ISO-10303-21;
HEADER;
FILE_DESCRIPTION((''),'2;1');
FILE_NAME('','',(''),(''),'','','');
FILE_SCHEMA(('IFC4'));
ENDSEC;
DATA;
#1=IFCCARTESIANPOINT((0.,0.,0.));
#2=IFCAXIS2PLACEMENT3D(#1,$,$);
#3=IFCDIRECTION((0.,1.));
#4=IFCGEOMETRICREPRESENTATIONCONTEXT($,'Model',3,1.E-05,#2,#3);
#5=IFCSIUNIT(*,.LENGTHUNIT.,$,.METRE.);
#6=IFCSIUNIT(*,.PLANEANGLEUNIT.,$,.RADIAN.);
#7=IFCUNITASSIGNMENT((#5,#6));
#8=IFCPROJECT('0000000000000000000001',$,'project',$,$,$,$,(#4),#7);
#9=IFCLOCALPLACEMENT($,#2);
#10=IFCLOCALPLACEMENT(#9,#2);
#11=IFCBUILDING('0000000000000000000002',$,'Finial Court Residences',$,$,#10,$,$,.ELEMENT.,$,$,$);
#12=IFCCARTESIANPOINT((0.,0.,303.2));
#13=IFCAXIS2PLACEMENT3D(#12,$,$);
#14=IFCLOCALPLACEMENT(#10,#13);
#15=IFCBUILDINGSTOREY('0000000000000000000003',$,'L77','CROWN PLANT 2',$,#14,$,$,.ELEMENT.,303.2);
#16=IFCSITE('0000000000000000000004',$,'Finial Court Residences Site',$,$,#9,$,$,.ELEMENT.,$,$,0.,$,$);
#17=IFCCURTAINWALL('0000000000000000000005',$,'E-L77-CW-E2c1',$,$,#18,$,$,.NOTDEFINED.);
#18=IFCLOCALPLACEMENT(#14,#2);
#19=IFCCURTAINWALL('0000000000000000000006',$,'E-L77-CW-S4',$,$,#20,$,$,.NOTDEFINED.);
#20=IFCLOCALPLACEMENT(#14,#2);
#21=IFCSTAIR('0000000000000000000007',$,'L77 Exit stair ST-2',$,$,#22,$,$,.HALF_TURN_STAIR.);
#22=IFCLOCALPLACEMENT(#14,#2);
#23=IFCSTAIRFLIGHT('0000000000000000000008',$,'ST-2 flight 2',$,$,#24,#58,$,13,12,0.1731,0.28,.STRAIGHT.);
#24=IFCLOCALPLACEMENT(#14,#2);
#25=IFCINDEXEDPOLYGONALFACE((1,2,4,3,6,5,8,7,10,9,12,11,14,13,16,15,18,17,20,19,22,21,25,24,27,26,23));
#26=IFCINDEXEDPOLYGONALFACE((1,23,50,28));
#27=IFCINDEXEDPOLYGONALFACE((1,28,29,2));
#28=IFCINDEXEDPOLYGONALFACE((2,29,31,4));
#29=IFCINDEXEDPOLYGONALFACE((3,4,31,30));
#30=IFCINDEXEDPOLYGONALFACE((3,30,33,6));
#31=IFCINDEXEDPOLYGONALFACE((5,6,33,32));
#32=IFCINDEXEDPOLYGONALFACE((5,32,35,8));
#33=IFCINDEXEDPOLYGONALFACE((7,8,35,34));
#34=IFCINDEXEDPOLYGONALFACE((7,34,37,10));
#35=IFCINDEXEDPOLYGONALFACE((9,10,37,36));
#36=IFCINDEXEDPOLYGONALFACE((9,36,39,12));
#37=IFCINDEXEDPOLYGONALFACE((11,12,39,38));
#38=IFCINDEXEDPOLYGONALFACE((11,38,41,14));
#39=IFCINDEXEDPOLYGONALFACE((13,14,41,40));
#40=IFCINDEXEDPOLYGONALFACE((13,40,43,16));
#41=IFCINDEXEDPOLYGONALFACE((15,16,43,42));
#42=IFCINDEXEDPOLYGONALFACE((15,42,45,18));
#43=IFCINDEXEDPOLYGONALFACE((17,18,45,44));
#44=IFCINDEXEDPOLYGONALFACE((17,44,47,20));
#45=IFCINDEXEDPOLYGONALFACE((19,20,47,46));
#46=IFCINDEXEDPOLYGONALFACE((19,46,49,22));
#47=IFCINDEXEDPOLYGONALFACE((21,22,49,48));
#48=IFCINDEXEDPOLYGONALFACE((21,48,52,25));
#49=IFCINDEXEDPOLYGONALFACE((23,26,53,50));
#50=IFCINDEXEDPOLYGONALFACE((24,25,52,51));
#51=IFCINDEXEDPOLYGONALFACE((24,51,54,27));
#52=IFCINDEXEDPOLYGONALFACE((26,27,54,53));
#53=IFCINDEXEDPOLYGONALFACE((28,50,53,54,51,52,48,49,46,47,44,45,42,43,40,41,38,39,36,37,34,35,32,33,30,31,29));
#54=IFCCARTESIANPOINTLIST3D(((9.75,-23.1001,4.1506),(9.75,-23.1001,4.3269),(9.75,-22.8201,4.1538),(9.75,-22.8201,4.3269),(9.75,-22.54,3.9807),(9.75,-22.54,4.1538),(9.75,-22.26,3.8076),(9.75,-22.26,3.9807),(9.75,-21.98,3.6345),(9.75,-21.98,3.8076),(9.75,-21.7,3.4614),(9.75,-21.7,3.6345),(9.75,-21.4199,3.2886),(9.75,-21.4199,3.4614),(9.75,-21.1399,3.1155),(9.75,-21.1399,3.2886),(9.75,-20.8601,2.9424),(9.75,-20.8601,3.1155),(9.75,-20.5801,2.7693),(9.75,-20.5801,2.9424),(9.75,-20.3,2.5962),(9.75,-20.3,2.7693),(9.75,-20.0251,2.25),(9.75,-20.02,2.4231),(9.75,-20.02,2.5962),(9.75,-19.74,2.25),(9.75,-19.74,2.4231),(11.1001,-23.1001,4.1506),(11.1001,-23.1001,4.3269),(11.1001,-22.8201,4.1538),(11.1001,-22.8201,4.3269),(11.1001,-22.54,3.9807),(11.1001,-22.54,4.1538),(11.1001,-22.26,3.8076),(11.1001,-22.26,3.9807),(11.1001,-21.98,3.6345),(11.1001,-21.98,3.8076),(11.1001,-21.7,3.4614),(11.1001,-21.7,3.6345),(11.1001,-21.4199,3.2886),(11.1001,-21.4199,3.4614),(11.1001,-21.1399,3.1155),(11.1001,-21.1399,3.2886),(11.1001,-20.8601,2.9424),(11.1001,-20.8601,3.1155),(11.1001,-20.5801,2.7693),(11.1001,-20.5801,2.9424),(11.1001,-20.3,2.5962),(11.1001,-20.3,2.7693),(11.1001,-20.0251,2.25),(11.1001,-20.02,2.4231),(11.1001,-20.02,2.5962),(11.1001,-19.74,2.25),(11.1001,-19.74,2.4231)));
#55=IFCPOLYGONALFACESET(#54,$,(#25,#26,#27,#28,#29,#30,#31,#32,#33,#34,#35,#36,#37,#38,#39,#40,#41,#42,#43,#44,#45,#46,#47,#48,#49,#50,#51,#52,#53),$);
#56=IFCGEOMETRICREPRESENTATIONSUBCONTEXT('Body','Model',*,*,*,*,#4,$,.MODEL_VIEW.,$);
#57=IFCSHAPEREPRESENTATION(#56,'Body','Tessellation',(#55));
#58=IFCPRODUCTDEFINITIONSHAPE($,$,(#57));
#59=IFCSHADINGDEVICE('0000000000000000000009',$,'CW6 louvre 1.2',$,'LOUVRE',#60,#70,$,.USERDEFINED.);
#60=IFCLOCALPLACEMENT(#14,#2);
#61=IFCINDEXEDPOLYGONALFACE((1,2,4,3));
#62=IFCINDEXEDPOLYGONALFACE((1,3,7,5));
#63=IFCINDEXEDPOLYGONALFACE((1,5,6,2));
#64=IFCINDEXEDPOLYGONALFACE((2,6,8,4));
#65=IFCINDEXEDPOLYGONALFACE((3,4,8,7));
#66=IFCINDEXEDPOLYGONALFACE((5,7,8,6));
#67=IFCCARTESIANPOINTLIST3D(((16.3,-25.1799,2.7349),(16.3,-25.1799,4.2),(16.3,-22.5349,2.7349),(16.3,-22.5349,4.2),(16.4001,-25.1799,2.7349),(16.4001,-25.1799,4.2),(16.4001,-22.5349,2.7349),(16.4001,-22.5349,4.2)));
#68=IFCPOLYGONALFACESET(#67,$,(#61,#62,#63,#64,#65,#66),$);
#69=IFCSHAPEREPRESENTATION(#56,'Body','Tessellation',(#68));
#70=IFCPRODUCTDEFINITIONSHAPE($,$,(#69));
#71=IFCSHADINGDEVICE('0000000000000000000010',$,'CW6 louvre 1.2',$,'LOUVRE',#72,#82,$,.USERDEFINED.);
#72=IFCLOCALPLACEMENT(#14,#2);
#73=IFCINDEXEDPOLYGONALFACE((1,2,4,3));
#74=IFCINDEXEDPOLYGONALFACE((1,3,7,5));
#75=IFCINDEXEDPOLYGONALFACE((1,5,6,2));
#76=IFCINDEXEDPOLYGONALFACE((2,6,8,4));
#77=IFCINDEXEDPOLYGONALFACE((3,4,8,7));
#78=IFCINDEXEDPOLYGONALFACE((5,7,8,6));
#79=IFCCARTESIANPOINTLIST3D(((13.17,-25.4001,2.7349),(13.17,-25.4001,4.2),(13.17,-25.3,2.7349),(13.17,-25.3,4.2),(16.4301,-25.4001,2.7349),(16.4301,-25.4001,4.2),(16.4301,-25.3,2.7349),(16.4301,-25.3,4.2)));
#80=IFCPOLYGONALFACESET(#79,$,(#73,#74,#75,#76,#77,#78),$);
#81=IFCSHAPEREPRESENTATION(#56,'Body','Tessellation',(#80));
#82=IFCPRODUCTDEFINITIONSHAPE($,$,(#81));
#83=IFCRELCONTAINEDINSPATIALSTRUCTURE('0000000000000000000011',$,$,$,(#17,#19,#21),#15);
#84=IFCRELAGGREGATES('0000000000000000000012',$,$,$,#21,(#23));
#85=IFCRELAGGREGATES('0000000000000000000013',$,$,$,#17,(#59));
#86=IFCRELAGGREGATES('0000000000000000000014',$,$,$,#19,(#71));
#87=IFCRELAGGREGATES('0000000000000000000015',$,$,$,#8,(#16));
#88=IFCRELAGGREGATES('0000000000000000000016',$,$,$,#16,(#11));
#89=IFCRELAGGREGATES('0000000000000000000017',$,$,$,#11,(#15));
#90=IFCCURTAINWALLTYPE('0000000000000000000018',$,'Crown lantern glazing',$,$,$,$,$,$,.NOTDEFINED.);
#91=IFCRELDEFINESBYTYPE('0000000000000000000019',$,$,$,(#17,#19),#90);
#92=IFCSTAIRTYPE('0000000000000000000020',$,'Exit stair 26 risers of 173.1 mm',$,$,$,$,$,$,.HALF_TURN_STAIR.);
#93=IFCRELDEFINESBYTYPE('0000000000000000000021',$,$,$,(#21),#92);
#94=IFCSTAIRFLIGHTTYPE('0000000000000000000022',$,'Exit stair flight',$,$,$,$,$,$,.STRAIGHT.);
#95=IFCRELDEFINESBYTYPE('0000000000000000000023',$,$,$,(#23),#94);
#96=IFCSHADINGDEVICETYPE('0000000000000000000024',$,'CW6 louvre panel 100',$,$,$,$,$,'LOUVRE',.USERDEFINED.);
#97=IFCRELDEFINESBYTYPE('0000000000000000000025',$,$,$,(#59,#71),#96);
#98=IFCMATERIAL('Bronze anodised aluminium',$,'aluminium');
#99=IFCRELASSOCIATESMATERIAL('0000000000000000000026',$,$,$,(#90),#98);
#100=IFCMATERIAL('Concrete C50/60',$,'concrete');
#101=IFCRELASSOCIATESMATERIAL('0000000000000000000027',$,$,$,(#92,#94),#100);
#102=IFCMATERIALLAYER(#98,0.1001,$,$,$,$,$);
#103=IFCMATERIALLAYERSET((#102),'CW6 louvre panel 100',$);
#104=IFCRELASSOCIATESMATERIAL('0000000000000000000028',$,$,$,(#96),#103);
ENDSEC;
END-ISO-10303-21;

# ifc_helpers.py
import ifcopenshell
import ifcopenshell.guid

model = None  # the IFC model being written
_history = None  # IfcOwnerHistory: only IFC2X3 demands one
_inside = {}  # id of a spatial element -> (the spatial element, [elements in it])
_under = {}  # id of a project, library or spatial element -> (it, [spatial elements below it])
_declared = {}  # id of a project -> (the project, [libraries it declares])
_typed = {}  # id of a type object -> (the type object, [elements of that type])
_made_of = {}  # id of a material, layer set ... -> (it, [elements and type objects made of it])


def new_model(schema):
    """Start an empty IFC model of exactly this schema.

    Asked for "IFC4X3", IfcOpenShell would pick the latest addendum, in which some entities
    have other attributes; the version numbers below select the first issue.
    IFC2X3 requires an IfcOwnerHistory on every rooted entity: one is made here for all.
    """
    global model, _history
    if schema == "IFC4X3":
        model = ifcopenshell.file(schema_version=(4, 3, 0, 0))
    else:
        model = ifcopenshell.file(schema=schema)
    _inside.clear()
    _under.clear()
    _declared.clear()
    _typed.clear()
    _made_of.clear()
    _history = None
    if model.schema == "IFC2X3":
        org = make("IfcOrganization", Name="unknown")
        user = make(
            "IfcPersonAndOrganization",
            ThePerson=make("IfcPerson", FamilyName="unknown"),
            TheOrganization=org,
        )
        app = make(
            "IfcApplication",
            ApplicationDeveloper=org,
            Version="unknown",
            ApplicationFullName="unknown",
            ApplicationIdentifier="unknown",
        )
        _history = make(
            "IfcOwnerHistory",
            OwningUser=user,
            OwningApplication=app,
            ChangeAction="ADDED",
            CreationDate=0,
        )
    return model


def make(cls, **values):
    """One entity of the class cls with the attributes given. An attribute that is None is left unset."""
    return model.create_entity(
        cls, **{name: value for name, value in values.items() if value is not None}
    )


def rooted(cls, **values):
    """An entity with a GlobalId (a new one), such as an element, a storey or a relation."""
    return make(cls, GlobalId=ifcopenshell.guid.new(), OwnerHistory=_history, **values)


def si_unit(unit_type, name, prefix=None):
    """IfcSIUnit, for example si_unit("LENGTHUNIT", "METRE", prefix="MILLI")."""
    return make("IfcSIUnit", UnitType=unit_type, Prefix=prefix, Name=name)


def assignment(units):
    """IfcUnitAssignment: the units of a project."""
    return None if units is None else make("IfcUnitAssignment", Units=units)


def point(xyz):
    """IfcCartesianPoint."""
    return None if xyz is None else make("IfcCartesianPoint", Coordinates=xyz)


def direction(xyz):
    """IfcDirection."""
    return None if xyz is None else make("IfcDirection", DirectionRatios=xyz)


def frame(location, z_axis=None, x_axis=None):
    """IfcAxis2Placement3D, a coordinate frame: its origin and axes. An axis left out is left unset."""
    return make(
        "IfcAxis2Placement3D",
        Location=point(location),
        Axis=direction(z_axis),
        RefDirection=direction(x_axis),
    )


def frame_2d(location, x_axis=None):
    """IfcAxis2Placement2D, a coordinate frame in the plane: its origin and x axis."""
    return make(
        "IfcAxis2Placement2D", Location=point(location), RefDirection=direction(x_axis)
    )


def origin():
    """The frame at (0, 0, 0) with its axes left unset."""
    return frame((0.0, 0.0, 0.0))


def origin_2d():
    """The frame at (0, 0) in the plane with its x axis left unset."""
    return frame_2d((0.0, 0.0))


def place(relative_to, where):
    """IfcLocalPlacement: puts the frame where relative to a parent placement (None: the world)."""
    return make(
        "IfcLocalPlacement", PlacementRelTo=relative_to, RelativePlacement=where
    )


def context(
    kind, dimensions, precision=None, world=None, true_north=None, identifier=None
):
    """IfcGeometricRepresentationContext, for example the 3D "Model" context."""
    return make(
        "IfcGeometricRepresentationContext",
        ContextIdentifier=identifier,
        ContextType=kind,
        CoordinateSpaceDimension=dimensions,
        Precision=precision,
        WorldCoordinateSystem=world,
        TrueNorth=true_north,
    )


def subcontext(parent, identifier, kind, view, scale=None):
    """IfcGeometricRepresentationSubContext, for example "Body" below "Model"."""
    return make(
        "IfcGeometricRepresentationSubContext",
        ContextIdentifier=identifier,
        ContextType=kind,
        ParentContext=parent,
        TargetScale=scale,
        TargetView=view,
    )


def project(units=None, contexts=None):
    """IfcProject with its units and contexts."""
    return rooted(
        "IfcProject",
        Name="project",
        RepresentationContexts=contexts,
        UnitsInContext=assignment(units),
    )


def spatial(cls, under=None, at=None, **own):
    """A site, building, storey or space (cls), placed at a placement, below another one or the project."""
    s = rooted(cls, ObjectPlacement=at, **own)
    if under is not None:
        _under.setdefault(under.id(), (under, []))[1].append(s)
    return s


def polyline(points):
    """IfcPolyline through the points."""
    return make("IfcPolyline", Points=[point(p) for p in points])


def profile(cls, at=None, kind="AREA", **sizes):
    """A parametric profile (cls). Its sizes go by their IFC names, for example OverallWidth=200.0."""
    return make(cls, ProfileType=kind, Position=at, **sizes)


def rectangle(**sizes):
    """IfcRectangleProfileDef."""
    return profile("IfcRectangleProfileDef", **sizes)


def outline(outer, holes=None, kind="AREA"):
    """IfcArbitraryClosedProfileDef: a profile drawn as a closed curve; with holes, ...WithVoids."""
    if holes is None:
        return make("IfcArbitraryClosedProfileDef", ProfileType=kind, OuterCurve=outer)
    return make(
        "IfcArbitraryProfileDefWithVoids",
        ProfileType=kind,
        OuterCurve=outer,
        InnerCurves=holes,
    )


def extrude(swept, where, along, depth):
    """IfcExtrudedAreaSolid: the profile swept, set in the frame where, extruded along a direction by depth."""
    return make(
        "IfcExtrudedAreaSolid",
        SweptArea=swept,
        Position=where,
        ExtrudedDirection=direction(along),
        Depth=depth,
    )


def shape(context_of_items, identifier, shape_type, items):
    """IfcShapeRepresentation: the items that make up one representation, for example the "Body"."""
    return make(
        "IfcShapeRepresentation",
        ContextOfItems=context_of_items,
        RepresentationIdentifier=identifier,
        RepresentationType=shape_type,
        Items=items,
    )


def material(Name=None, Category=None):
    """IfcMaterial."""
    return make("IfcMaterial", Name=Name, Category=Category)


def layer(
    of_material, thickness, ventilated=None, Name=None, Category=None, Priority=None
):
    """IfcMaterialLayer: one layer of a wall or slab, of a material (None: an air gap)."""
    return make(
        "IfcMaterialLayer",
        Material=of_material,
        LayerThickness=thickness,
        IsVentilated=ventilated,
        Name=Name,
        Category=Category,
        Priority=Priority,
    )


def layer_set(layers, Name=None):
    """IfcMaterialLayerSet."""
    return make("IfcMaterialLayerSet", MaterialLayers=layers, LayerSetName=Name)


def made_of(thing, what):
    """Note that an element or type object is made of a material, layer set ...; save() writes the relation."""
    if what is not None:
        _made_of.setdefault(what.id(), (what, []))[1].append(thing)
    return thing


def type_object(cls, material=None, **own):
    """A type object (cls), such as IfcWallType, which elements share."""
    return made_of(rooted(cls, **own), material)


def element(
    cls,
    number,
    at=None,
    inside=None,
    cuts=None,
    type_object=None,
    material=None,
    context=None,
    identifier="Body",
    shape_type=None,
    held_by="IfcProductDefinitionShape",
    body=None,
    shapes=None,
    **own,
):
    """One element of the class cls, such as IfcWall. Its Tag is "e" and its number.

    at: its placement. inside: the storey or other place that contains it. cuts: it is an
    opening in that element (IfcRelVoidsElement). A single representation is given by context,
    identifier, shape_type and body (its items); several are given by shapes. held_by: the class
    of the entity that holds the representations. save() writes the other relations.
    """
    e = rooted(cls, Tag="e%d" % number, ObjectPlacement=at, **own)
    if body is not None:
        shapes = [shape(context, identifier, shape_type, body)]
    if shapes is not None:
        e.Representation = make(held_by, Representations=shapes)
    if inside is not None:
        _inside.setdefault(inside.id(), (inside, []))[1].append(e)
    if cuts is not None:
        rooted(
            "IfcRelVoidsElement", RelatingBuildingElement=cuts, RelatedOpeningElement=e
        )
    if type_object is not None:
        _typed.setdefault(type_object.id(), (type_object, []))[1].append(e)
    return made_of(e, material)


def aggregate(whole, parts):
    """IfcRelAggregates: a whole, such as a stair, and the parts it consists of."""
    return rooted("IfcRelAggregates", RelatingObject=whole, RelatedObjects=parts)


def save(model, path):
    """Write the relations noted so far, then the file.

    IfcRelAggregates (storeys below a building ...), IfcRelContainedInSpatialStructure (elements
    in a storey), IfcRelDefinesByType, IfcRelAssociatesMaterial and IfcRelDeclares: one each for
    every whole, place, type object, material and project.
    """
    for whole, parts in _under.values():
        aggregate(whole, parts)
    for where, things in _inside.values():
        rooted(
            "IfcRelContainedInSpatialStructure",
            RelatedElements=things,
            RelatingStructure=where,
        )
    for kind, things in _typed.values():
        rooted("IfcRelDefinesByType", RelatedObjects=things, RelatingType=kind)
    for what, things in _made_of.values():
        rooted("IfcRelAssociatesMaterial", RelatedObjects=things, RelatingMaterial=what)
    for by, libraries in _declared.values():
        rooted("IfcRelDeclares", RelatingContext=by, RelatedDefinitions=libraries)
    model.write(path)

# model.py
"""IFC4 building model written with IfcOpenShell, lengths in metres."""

from ifc_helpers import new_model, si_unit, direction, frame, origin, origin_2d, place, context, subcontext, project, spatial, polyline, rectangle, outline, extrude, material, layer, layer_set, type_object, element, aggregate, save


model = new_model("IFC4")

# Units and contexts
model_context = context("Model", 3, precision=1e-05, world=origin(), true_north=direction((0.0, 1.0)))
body_context = subcontext(model_context, "Body", "Model", "MODEL_VIEW")
ifc_project = project(units=[si_unit("LENGTHUNIT", "METRE"), si_unit("PLANEANGLEUNIT", "RADIAN")], contexts=[model_context])

# Site, building, storey
site_placement = place(None, origin())
site = spatial("IfcSite", under=ifc_project, at=site_placement, Name="Finial Court Residences Site", CompositionType="ELEMENT", RefElevation=0.0)
building_placement = place(site_placement, origin())
building = spatial("IfcBuilding", under=site, at=building_placement, Name="Finial Court Residences", CompositionType="ELEMENT")
storey_placement = place(building_placement, frame((0.0, 0.0, 303.2)))
storey = spatial("IfcBuildingStorey", under=building, at=storey_placement, Name="L77", Description="CROWN PLANT 2", CompositionType="ELEMENT", Elevation=303.2)

# Curtain walls
ifc_material_1 = material(Name="Bronze anodised aluminium", Category="aluminium")
curtain_wall_type = type_object("IfcCurtainWallType", Name="Crown lantern glazing", PredefinedType="NOTDEFINED", material=ifc_material_1)
curtain_wall_1_placement = place(storey_placement, origin())
curtain_wall_1 = element("IfcCurtainWall", 1, at=curtain_wall_1_placement, inside=storey, type_object=curtain_wall_type, Name="E-L77-CW-E2c1", PredefinedType="NOTDEFINED")
curtain_wall_2_placement = place(storey_placement, origin())
curtain_wall_2 = element("IfcCurtainWall", 2, at=curtain_wall_2_placement, inside=storey, type_object=curtain_wall_type, Name="E-L77-CW-S4", PredefinedType="NOTDEFINED")

# Shared definitions
ifc_material_2 = material(Name="Concrete C50/60", Category="concrete")

# Stair, stair flight
stair_type = type_object("IfcStairType", Name="Exit stair 26 risers of 173.1 mm", PredefinedType="HALF_TURN_STAIR", material=ifc_material_2)
stair_placement = place(storey_placement, origin())
stair = element("IfcStair", 3, at=stair_placement, inside=storey, type_object=stair_type, Name="L77 Exit stair ST-2", PredefinedType="HALF_TURN_STAIR")
stair_flight_type = type_object("IfcStairFlightType", Name="Exit stair flight", PredefinedType="STRAIGHT", material=ifc_material_2)
stair_flight_1_placement = place(storey_placement, frame((10.425, -19.74, 2.25), z_axis=(0.0, 0.0, 1.0), x_axis=(0.0, -1.0, 0.0)))
stair_flight_1 = element("IfcStairFlight", 4, at=stair_flight_1_placement, type_object=stair_flight_type, Name="ST-2 flight 2", NumberOfRisers=13, NumberOfTreads=12, PredefinedType="STRAIGHT", RiserHeight=0.1731, TreadLength=0.28, context=body_context, shape_type="SweptSolid", body=[
    extrude(outline(polyline([(0.0, 0.0), (0.0, 0.1731), (0.28, 0.1731), (0.28, 0.3462), (0.5601, 0.3462), (0.5601, 0.5193), (0.8401, 0.5193), (0.8401, 0.6924), (1.1201, 0.6924), (1.1201, 0.8655), (1.3999, 0.8655), (1.3999, 1.0386), (1.6799, 1.0386), (1.6799, 1.2114), (1.96, 1.2114), (1.96, 1.3845), (2.24, 1.3845), (2.24, 1.5576), (2.52, 1.5576), (2.52, 1.7307), (2.8, 1.7307), (2.8, 1.9038), (3.0801, 1.9038), (3.0801, 2.0769), (3.3601, 2.0769), (3.3601, 2.25), (3.3601, 1.9006), (0.2852, 0.0), (0.0, 0.0)])), frame((0.0, 0.675, 0.0), z_axis=(0.0, -1.0, 0.0), x_axis=(1.0, 0.0, 0.0)), (0.0, 0.0, 1.0), 1.3501),
])
aggregate(stair, [stair_flight_1])

# Shading devices
ifc_layer_1 = layer(ifc_material_1, 0.1001)
ifc_layer_set_1 = layer_set([ifc_layer_1], Name="CW6 louvre panel 100")
shading_device_type = type_object("IfcShadingDeviceType", Name="CW6 louvre panel 100", ElementType="LOUVRE", PredefinedType="USERDEFINED", material=ifc_layer_set_1)
shading_device_1_placement = place(storey_placement, frame((16.3501, -23.8574, 2.7349), z_axis=(0.0, 0.0, 1.0), x_axis=(0.0, 1.0, 0.0)))
shading_device_1 = element("IfcShadingDevice", 5, at=shading_device_1_placement, type_object=shading_device_type, Name="CW6 louvre 1.2", ObjectType="LOUVRE", PredefinedType="USERDEFINED", context=body_context, shape_type="SweptSolid", body=[
    extrude(rectangle(XDim=2.645, YDim=0.1001, at=origin_2d()), origin(), (0.0, 0.0, 1.0), 1.4651),
])
aggregate(curtain_wall_1, [shading_device_1])
shading_device_2_placement = place(storey_placement, frame((14.8, -25.3501, 2.7349), z_axis=(0.0, 0.0, 1.0), x_axis=(1.0, 0.0, 0.0)))
shading_device_2 = element("IfcShadingDevice", 6, at=shading_device_2_placement, type_object=shading_device_type, Name="CW6 louvre 1.2", ObjectType="LOUVRE", PredefinedType="USERDEFINED", context=body_context, shape_type="SweptSolid", body=[
    extrude(rectangle(XDim=3.26, YDim=0.1001, at=origin_2d()), origin(), (0.0, 0.0, 1.0), 1.4651),
])
aggregate(curtain_wall_2, [shading_device_2])

save(model, "model.ifc")
